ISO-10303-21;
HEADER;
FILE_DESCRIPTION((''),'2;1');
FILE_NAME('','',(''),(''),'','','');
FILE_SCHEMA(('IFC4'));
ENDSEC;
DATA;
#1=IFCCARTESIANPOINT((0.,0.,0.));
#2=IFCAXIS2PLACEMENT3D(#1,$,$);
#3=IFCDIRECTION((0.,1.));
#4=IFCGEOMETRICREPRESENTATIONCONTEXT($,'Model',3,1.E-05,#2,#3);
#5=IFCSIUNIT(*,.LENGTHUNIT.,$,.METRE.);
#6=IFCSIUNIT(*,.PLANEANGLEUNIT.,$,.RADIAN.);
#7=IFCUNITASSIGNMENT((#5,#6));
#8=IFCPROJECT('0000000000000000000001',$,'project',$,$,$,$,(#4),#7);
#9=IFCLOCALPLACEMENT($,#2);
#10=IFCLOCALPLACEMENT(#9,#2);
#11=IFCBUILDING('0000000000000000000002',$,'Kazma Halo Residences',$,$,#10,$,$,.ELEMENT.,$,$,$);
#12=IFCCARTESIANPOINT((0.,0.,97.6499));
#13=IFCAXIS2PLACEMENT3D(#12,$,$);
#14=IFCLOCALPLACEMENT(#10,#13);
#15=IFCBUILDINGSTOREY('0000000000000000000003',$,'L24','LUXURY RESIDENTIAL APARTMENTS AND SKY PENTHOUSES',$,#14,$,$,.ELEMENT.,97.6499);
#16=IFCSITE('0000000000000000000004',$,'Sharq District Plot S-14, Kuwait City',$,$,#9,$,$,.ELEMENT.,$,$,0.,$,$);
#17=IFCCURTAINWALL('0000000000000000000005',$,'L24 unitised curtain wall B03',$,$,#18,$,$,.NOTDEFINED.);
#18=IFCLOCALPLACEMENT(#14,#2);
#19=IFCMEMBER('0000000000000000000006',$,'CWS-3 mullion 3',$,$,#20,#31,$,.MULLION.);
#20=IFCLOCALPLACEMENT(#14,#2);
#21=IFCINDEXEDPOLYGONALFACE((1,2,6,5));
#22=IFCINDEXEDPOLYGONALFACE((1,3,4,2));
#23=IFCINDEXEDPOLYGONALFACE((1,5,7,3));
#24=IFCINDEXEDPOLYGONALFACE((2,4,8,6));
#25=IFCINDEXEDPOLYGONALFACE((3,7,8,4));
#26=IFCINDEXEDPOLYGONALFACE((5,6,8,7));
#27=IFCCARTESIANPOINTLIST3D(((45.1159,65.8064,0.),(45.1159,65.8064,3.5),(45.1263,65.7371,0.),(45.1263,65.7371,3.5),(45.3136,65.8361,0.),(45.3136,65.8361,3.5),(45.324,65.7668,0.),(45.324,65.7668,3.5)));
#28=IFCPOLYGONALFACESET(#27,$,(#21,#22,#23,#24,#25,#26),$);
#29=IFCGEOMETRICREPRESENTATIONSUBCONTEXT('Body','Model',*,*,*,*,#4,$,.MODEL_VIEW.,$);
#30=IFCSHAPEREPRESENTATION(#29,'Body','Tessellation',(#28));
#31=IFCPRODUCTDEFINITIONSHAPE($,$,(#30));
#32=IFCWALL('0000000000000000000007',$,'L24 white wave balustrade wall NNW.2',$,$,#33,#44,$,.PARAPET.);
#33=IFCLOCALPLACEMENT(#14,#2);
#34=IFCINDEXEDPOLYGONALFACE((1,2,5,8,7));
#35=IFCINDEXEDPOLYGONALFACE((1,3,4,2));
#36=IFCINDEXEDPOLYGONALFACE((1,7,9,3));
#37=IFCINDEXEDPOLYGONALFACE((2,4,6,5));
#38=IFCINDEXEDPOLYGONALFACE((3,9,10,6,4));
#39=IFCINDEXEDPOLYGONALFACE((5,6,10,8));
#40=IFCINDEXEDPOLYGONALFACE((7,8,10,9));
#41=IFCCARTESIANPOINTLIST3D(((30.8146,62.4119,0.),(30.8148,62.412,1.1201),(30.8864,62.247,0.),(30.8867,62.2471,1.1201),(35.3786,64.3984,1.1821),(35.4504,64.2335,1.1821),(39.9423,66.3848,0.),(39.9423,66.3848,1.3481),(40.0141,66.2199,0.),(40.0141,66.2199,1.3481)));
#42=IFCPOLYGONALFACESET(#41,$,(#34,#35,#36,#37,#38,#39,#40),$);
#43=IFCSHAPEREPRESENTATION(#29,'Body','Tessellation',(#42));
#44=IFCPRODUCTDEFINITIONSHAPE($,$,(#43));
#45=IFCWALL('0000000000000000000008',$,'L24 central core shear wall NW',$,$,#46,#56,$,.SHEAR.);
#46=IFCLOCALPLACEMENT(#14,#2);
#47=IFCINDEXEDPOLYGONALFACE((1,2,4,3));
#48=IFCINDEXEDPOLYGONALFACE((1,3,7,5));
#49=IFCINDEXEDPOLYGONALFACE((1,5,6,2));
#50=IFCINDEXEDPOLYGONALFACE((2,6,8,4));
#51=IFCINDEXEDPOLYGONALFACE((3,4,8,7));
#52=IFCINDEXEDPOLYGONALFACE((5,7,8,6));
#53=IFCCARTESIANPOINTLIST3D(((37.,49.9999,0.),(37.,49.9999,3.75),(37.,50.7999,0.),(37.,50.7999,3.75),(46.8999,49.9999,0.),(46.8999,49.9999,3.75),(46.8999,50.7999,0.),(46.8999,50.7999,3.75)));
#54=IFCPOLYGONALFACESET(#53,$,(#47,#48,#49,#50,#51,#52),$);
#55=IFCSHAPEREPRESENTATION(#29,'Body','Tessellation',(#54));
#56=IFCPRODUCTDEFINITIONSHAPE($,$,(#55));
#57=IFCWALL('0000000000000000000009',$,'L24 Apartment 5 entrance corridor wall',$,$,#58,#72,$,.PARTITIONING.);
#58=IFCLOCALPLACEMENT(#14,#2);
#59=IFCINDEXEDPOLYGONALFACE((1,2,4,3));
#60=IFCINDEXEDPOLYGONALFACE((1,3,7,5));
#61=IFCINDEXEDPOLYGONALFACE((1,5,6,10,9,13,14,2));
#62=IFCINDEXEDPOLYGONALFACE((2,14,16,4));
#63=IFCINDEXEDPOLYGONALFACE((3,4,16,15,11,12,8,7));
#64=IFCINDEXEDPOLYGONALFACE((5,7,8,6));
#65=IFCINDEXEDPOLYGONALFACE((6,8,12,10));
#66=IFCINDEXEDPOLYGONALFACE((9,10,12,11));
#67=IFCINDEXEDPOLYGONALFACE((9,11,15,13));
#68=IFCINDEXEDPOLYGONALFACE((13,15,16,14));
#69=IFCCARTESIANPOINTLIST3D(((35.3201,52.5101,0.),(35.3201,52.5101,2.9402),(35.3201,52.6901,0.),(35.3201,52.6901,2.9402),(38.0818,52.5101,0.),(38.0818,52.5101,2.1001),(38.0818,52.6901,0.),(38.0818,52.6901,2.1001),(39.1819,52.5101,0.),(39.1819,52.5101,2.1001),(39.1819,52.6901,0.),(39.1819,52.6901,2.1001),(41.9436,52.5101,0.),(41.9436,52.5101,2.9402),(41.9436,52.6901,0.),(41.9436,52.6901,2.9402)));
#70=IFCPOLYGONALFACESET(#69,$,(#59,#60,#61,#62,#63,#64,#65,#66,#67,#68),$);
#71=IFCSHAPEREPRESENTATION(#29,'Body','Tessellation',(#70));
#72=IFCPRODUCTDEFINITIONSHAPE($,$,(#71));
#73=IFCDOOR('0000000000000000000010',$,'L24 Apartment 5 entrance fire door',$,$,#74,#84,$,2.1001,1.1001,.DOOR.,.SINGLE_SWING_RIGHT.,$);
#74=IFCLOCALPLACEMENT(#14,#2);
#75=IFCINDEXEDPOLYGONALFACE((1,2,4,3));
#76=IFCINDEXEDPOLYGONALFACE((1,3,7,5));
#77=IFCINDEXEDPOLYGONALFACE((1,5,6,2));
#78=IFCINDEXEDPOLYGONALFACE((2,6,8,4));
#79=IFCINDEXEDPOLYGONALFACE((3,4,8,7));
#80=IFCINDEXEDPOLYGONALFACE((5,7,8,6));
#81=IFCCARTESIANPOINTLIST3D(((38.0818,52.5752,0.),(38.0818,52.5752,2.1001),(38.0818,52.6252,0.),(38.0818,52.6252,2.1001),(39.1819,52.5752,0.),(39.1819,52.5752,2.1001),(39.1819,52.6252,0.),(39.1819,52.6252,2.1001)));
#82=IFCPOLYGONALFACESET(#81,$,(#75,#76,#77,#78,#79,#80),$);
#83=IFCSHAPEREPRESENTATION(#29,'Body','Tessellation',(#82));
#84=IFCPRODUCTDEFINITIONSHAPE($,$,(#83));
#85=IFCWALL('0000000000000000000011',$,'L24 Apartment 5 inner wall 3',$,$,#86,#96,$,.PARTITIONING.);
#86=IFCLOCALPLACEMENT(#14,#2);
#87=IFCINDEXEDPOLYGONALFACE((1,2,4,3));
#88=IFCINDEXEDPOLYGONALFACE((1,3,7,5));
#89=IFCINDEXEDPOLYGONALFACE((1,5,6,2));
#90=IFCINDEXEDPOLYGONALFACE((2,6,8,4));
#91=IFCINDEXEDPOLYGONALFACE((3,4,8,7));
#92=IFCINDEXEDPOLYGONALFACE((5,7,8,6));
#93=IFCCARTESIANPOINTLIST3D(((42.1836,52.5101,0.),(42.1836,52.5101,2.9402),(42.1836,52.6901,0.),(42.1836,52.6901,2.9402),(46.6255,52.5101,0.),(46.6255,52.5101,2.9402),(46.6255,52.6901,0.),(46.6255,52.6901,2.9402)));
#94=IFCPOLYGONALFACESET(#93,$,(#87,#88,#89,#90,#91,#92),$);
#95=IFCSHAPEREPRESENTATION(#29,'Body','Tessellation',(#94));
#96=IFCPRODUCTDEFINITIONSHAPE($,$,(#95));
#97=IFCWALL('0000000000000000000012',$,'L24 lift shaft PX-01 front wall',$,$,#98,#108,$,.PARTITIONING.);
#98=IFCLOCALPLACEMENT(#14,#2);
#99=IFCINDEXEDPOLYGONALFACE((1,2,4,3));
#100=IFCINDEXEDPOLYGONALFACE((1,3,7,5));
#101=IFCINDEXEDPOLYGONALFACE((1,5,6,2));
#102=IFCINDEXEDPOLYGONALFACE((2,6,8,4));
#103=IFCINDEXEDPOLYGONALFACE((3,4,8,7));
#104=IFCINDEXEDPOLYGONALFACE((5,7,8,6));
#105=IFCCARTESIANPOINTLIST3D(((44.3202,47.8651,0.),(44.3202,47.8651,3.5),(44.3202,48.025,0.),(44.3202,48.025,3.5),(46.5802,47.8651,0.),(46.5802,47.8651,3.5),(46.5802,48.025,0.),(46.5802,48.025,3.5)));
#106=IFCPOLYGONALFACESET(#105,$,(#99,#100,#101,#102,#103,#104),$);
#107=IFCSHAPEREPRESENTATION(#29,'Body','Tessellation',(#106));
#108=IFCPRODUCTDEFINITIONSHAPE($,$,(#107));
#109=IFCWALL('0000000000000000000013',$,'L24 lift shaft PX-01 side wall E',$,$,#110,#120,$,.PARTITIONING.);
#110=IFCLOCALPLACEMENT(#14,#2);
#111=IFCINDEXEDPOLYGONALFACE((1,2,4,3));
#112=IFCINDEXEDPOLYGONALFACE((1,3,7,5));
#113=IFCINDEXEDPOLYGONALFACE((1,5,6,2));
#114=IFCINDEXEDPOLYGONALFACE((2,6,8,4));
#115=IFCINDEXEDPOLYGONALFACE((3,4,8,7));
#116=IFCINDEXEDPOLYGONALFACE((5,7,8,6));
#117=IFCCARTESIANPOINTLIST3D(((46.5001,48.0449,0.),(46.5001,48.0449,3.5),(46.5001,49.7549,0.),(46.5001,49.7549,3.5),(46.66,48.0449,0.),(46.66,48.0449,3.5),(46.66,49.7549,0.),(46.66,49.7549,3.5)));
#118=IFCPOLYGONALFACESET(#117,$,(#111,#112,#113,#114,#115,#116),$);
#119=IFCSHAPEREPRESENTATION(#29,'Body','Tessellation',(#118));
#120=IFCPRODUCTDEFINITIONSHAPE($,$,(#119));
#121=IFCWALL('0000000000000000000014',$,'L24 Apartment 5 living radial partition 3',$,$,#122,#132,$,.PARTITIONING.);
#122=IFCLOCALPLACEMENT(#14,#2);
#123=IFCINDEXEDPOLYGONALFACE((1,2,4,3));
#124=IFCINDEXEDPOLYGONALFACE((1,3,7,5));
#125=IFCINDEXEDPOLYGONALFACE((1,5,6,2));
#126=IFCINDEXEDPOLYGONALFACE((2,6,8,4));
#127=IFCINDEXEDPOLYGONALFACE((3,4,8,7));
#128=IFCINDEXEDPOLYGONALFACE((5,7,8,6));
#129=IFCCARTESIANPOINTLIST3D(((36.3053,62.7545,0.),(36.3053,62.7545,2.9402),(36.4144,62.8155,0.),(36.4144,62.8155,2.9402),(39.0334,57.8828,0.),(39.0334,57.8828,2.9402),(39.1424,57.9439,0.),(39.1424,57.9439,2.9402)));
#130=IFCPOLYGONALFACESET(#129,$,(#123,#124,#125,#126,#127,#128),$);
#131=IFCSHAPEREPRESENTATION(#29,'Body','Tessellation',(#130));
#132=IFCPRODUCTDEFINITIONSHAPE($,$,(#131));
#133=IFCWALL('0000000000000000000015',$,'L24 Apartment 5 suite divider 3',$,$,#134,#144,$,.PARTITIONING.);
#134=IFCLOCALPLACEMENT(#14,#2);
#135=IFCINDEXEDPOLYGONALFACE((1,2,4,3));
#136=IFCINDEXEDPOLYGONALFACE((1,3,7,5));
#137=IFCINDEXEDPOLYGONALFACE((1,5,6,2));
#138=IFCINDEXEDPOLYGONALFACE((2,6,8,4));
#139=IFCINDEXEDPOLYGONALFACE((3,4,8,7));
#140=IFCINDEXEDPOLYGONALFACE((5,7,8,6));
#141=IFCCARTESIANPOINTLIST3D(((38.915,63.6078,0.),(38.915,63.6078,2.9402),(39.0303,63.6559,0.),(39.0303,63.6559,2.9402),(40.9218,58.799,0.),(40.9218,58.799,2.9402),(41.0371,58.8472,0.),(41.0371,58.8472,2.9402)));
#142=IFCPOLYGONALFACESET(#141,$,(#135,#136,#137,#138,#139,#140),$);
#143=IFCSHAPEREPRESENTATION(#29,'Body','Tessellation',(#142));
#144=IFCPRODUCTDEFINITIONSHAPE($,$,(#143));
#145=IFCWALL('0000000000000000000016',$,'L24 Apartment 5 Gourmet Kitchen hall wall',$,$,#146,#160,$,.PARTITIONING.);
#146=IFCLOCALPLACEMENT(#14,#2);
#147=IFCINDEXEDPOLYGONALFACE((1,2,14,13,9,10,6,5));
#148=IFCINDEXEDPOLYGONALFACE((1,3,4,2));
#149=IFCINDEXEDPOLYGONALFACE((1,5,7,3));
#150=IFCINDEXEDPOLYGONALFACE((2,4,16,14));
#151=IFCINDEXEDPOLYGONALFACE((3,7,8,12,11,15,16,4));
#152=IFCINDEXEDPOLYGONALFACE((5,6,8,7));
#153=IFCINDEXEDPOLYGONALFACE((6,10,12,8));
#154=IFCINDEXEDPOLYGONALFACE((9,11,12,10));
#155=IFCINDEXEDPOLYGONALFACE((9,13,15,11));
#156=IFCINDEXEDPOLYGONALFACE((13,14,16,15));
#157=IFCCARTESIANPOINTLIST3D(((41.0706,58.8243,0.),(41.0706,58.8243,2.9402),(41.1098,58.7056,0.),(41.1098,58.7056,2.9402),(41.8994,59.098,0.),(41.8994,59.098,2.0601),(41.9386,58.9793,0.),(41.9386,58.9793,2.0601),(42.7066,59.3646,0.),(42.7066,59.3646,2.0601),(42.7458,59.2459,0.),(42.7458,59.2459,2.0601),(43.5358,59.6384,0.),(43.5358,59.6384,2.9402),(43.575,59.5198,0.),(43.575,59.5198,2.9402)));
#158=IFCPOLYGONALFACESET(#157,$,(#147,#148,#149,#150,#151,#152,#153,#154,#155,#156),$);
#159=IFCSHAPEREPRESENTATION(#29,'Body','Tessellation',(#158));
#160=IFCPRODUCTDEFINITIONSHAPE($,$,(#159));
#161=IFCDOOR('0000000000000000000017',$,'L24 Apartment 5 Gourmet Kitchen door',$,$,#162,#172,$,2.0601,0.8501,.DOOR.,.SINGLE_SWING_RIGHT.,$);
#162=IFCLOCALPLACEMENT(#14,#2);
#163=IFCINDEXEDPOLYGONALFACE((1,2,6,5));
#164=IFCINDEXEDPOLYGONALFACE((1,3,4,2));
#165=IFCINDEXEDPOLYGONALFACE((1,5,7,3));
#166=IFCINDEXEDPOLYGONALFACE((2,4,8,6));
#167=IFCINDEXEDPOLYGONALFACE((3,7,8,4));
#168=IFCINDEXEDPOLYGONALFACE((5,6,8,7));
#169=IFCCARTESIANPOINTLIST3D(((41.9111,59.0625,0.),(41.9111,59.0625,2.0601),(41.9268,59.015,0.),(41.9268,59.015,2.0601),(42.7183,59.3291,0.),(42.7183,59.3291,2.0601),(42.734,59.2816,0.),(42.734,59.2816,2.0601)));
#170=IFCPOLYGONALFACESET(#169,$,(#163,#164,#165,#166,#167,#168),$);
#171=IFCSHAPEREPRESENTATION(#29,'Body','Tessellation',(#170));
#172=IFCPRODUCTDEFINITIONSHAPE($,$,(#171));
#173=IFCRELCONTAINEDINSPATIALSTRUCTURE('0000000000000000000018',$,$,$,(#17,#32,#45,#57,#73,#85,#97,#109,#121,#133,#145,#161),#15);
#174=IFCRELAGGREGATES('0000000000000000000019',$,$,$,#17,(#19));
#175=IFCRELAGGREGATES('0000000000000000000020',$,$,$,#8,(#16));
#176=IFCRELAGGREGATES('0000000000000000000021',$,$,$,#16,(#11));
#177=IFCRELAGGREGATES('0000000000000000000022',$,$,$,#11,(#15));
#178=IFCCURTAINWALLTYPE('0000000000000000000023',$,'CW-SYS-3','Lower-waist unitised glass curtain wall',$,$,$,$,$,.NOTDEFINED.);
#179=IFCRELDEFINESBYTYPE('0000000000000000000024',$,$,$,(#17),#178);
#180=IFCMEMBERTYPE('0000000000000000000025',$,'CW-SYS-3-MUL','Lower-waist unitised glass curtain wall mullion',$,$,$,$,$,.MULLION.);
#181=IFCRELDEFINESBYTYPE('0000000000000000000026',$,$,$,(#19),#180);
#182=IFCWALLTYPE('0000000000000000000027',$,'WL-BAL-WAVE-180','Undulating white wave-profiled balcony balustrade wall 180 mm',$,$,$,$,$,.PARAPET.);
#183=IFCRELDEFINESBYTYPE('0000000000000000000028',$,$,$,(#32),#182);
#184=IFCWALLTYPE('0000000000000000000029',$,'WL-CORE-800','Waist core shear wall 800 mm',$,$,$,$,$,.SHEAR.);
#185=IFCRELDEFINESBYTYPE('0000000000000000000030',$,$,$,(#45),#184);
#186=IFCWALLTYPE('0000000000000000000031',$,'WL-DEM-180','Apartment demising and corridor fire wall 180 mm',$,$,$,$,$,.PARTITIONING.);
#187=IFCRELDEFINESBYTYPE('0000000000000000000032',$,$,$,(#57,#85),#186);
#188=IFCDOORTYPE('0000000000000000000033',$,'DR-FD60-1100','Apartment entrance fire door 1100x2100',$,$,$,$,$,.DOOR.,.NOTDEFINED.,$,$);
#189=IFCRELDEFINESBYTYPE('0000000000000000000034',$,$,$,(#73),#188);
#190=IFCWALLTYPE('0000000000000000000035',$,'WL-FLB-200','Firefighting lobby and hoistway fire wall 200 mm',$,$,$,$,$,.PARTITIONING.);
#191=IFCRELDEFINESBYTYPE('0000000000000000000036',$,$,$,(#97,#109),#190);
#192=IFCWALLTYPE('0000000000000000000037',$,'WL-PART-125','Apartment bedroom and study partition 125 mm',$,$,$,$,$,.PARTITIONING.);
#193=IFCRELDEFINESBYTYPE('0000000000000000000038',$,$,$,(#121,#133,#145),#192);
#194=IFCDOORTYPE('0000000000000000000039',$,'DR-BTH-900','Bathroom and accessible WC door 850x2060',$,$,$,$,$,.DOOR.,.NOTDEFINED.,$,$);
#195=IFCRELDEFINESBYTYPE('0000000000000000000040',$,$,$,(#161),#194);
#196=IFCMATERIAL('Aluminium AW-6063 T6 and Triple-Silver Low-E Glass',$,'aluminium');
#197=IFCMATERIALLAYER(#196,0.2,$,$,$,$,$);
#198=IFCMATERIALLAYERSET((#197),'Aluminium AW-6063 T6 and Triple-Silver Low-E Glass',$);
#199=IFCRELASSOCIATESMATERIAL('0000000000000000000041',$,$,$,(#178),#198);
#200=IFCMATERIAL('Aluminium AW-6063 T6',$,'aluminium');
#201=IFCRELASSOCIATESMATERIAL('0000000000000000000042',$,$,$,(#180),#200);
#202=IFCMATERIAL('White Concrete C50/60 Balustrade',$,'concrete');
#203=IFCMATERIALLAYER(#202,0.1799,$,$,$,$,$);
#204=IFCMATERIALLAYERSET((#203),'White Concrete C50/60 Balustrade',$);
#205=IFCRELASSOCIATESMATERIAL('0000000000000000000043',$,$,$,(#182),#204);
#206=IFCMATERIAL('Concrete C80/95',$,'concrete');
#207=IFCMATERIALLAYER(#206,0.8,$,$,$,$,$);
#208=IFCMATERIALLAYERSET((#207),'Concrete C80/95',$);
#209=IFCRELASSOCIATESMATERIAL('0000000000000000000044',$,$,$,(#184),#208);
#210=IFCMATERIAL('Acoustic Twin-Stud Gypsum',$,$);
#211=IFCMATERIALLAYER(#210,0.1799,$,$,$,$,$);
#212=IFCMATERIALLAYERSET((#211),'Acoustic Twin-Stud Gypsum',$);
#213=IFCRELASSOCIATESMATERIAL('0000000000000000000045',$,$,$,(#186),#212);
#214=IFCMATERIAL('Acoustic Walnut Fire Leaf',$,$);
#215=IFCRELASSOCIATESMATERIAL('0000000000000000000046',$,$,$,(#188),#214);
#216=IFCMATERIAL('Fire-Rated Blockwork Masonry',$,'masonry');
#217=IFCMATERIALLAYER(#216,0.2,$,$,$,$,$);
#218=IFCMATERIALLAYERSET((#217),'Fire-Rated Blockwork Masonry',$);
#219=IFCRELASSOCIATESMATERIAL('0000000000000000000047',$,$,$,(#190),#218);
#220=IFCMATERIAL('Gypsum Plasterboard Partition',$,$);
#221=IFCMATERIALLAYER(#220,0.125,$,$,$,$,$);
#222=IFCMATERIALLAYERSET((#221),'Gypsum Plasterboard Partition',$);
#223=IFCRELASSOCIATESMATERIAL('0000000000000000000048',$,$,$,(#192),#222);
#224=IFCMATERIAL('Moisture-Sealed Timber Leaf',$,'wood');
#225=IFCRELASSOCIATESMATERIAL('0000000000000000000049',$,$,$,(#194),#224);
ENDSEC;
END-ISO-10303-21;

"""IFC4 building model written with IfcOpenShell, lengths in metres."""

from ifc_helpers import new_model, si_unit, direction, frame, frame_2d, origin, origin_2d, place, context, subcontext, project, spatial, polyline, rectangle, outline, extrude, material, layer, layer_set, material_profile, profile_set, type_object, element, fill, aggregate, save


model = new_model("IFC4")

# Units and contexts
model_context = context("Model", 3, precision=1e-05, world=origin(), true_north=direction((0.0, 1.0)))
body_context = subcontext(model_context, "Body", "Model", "MODEL_VIEW")
ifc_project = project(units=[si_unit("LENGTHUNIT", "METRE"), si_unit("PLANEANGLEUNIT", "RADIAN")], contexts=[model_context])

# Site, building, storey
site_placement = place(None, origin())
site = spatial("IfcSite", under=ifc_project, at=site_placement, Name="Sharq District Plot S-14, Kuwait City", CompositionType="ELEMENT", RefElevation=0.0)
building_placement = place(site_placement, origin())
building = spatial("IfcBuilding", under=site, at=building_placement, Name="Kazma Halo Residences", CompositionType="ELEMENT")
storey_placement = place(building_placement, frame((0.0, 0.0, 97.6499)))
storey = spatial("IfcBuildingStorey", under=building, at=storey_placement, Name="L24", Description="LUXURY RESIDENTIAL APARTMENTS AND SKY PENTHOUSES", CompositionType="ELEMENT", Elevation=97.6499)

# Shared definitions
ifc_material_1 = material(Name="Concrete C80/95", Category="concrete")

# Curtain wall, member
ifc_material_2 = material(Name="Aluminium AW-6063 T6 and Triple-Silver Low-E Glass", Category="aluminium")
ifc_layer_1 = layer(ifc_material_2, 0.2)
ifc_layer_set_1 = layer_set([ifc_layer_1], Name="Aluminium AW-6063 T6 and Triple-Silver Low-E Glass")
curtain_wall_type = type_object("IfcCurtainWallType", Name="CW-SYS-3", Description="Lower-waist unitised glass curtain wall", PredefinedType="NOTDEFINED", material=ifc_layer_set_1)
curtain_wall_placement = place(storey_placement, origin())
curtain_wall = element("IfcCurtainWall", 1, at=curtain_wall_placement, inside=storey, type_object=curtain_wall_type, Name="L24 unitised curtain wall B03", PredefinedType="NOTDEFINED")
ifc_material_3 = material(Name="Aluminium AW-6063 T6", Category="aluminium")
ifc_material_profile_1 = material_profile(ifc_material_3, rectangle(XDim=0.0701, YDim=0.2, at=origin_2d()), Name="CWM-70x200")
ifc_profile_set_1 = profile_set([ifc_material_profile_1], Name="Aluminium AW-6063 T6")
member_type = type_object("IfcMemberType", Name="CW-SYS-3-MUL", Description="Lower-waist unitised glass curtain wall mullion", PredefinedType="MULLION", material=ifc_profile_set_1)
member_placement = place(storey_placement, frame((45.22, 65.7866, 0.0), z_axis=(0.0, 0.0, 1.0), x_axis=(0.148717, -0.98888, 0.0)))
member = element("IfcMember", 2, at=member_placement, type_object=member_type, Name="CWS-3 mullion 3", PredefinedType="MULLION", context=body_context, shape_type="SweptSolid", body=[
    extrude(rectangle(XDim=0.0701, YDim=0.2, at=origin_2d()), origin(), (0.0, 0.0, 1.0), 3.5),
])
aggregate(curtain_wall, [member])

# Walls
ifc_material_4 = material(Name="White Concrete C50/60 Balustrade", Category="concrete")
ifc_layer_2 = layer(ifc_material_4, 0.1799)
ifc_layer_set_2 = layer_set([ifc_layer_2], Name="White Concrete C50/60 Balustrade")
wall_type_1 = type_object("IfcWallType", Name="WL-BAL-WAVE-180", Description="Undulating white wave-profiled balcony balustrade wall 180 mm", PredefinedType="PARAPET", material=ifc_layer_set_2)
wall_1_placement = place(storey_placement, frame((39.9783, 66.3022, 0.0), z_axis=(0.0, 0.0, 1.0), x_axis=(-0.916911, -0.399093, 0.0)))
element("IfcWall", 3, at=wall_1_placement, inside=storey, type_object=wall_type_1, Name="L24 white wave balustrade wall NNW.2", PredefinedType="PARAPET", context=body_context, shape_type="SweptSolid", body=[
    extrude(outline(polyline([(0.0, 0.0), (9.9548, 0.0), (9.9546, 1.1201), (4.9773, 1.1821), (0.0, 1.3481), (0.0, 0.0)])), frame((0.0, 0.0898, 0.0), z_axis=(0.0, -1.0, 0.0), x_axis=(1.0, 0.0, 0.0)), (0.0, 0.0, 1.0), 0.1799),
])
ifc_layer_3 = layer(ifc_material_1, 0.8)
ifc_layer_set_3 = layer_set([ifc_layer_3], Name="Concrete C80/95")
wall_type_2 = type_object("IfcWallType", Name="WL-CORE-800", Description="Waist core shear wall 800 mm", PredefinedType="SHEAR", material=ifc_layer_set_3)
wall_2_placement = place(storey_placement, frame((37.0, 50.3999, 0.0), z_axis=(0.0, 0.0, 1.0), x_axis=(1.0, 0.0, 0.0)))
element("IfcWall", 4, at=wall_2_placement, inside=storey, type_object=wall_type_2, Name="L24 central core shear wall NW", PredefinedType="SHEAR", context=body_context, shape_type="SweptSolid", body=[
    extrude(rectangle(XDim=9.8999, YDim=0.8, at=frame_2d((4.95, 0.0))), origin(), (0.0, 0.0, 1.0), 3.75),
])

# Wall, opening, door
ifc_material_5 = material(Name="Acoustic Twin-Stud Gypsum")
ifc_layer_4 = layer(ifc_material_5, 0.1799)
ifc_layer_set_4 = layer_set([ifc_layer_4], Name="Acoustic Twin-Stud Gypsum")
wall_type_3 = type_object("IfcWallType", Name="WL-DEM-180", Description="Apartment demising and corridor fire wall 180 mm", PredefinedType="PARTITIONING", material=ifc_layer_set_4)
wall_3_placement = place(storey_placement, frame((41.9436, 52.6001, 0.0), z_axis=(0.0, 0.0, 1.0), x_axis=(-1.0, 0.0, 0.0)))
wall_3 = element("IfcWall", 5, at=wall_3_placement, inside=storey, type_object=wall_type_3, Name="L24 Apartment 5 entrance corridor wall", PredefinedType="PARTITIONING", context=body_context, shape_type="SweptSolid", body=[
    extrude(rectangle(XDim=6.6235, YDim=0.1799, at=frame_2d((3.3118, 0.0))), origin(), (0.0, 0.0, 1.0), 2.9402),
])
opening_1_placement = place(wall_3_placement, frame((2.7617, 0.0, 0.0)))
opening_1 = element("IfcOpeningElement", 6, at=opening_1_placement, cuts=wall_3, PredefinedType="OPENING", context=body_context, shape_type="SweptSolid", body=[
    extrude(rectangle(XDim=1.1001, YDim=2.1001, at=frame_2d((0.55, 1.05))), frame((0.0, 0.0999, 0.0), z_axis=(0.0, -1.0, 0.0), x_axis=(1.0, 0.0, 0.0)), (0.0, 0.0, 1.0), 0.2),
])
ifc_material_6 = material(Name="Acoustic Walnut Fire Leaf")
door_type_1 = type_object("IfcDoorType", Name="DR-FD60-1100", Description="Apartment entrance fire door 1100x2100", OperationType="NOTDEFINED", PredefinedType="DOOR", material=ifc_material_6)
door_1_placement = place(opening_1_placement, origin())
door_1 = element("IfcDoor", 7, at=door_1_placement, inside=storey, type_object=door_type_1, Name="L24 Apartment 5 entrance fire door", OperationType="SINGLE_SWING_RIGHT", OverallHeight=2.1001, OverallWidth=1.1001, PredefinedType="DOOR", context=body_context, shape_type="SweptSolid", body=[
    extrude(rectangle(XDim=1.1001, YDim=2.1001, at=frame_2d((0.55, 1.05))), frame((0.0, 0.0249, 0.0), z_axis=(0.0, -1.0, 0.0), x_axis=(1.0, 0.0, 0.0)), (0.0, 0.0, 1.0), 0.05),
])
fill(opening_1, door_1)

# Wall
wall_4_placement = place(storey_placement, frame((46.6255, 52.6001, 0.0), z_axis=(0.0, 0.0, 1.0), x_axis=(-1.0, 0.0, 0.0)))
element("IfcWall", 8, at=wall_4_placement, inside=storey, type_object=wall_type_3, Name="L24 Apartment 5 inner wall 3", PredefinedType="PARTITIONING", context=body_context, shape_type="SweptSolid", body=[
    extrude(rectangle(XDim=4.4419, YDim=0.1799, at=frame_2d((2.2209, 0.0))), origin(), (0.0, 0.0, 1.0), 2.9402),
])

# Walls
ifc_material_7 = material(Name="Fire-Rated Blockwork Masonry", Category="masonry")
ifc_layer_5 = layer(ifc_material_7, 0.2)
ifc_layer_set_5 = layer_set([ifc_layer_5], Name="Fire-Rated Blockwork Masonry")
wall_type_4 = type_object("IfcWallType", Name="WL-FLB-200", Description="Firefighting lobby and hoistway fire wall 200 mm", PredefinedType="PARTITIONING", material=ifc_layer_set_5)
wall_5_placement = place(storey_placement, frame((46.5801, 47.9451, 0.0), z_axis=(0.0, 0.0, 1.0), x_axis=(-1.0, 0.0, 0.0)))
element("IfcWall", 9, at=wall_5_placement, inside=storey, type_object=wall_type_4, Name="L24 lift shaft PX-01 front wall", PredefinedType="PARTITIONING", context=body_context, shape_type="SweptSolid", body=[
    extrude(rectangle(XDim=2.26, YDim=0.1599, at=frame_2d((1.1299, 0.0))), origin(), (0.0, 0.0, 1.0), 3.5),
])
wall_6_placement = place(storey_placement, frame((46.5801, 48.0449, 0.0), z_axis=(0.0, 0.0, 1.0), x_axis=(0.0, 1.0, 0.0)))
element("IfcWall", 10, at=wall_6_placement, inside=storey, type_object=wall_type_4, Name="L24 lift shaft PX-01 side wall E", PredefinedType="PARTITIONING", context=body_context, shape_type="SweptSolid", body=[
    extrude(rectangle(XDim=1.71, YDim=0.1599, at=frame_2d((0.855, 0.0))), origin(), (0.0, 0.0, 1.0), 3.5),
])
ifc_material_8 = material(Name="Gypsum Plasterboard Partition")
ifc_layer_6 = layer(ifc_material_8, 0.125)
ifc_layer_set_6 = layer_set([ifc_layer_6], Name="Gypsum Plasterboard Partition")
wall_type_5 = type_object("IfcWallType", Name="WL-PART-125", Description="Apartment bedroom and study partition 125 mm", PredefinedType="PARTITIONING", material=ifc_layer_set_6)
wall_7_placement = place(storey_placement, frame((39.0879, 57.9133, 0.0), z_axis=(0.0, 0.0, 1.0), x_axis=(-0.488595, 0.87251, 0.0)))
element("IfcWall", 11, at=wall_7_placement, inside=storey, type_object=wall_type_5, Name="L24 Apartment 5 living radial partition 3", PredefinedType="PARTITIONING", context=body_context, shape_type="SweptSolid", body=[
    extrude(rectangle(XDim=5.5835, YDim=0.125, at=frame_2d((2.7917, 0.0))), origin(), (0.0, 0.0, 1.0), 2.9402),
])
wall_8_placement = place(storey_placement, frame((40.9795, 58.823, 0.0), z_axis=(0.0, 0.0, 1.0), x_axis=(-0.385131, 0.922862, 0.0)))
element("IfcWall", 12, at=wall_8_placement, inside=storey, type_object=wall_type_5, Name="L24 Apartment 5 suite divider 3", PredefinedType="PARTITIONING", context=body_context, shape_type="SweptSolid", body=[
    extrude(rectangle(XDim=5.2107, YDim=0.125, at=frame_2d((2.6055, 0.0))), origin(), (0.0, 0.0, 1.0), 2.9402),
])

# Wall, opening, door
wall_9_placement = place(storey_placement, frame((43.5554, 59.5791, 0.0), z_axis=(0.0, 0.0, 1.0), x_axis=(-0.949554, -0.313603, 0.0)))
wall_9 = element("IfcWall", 13, at=wall_9_placement, inside=storey, type_object=wall_type_5, Name="L24 Apartment 5 Gourmet Kitchen hall wall", PredefinedType="PARTITIONING", context=body_context, shape_type="SweptSolid", body=[
    extrude(rectangle(XDim=2.5962, YDim=0.125, at=frame_2d((1.2981, 0.0))), origin(), (0.0, 0.0, 1.0), 2.9402),
])
opening_2_placement = place(wall_9_placement, frame((0.8733, 0.0, 0.0)))
opening_2 = element("IfcOpeningElement", 14, at=opening_2_placement, cuts=wall_9, PredefinedType="OPENING", context=body_context, shape_type="SweptSolid", body=[
    extrude(rectangle(XDim=0.8501, YDim=2.0601, at=frame_2d((0.425, 1.03))), frame((0.0, 0.0725, 0.0), z_axis=(0.0, -1.0, 0.0), x_axis=(1.0, 0.0, 0.0)), (0.0, 0.0, 1.0), 0.145),
])
ifc_material_9 = material(Name="Moisture-Sealed Timber Leaf", Category="wood")
door_type_2 = type_object("IfcDoorType", Name="DR-BTH-900", Description="Bathroom and accessible WC door 850x2060", OperationType="NOTDEFINED", PredefinedType="DOOR", material=ifc_material_9)
door_2_placement = place(opening_2_placement, origin())
door_2 = element("IfcDoor", 15, at=door_2_placement, inside=storey, type_object=door_type_2, Name="L24 Apartment 5 Gourmet Kitchen door", OperationType="SINGLE_SWING_RIGHT", OverallHeight=2.0601, OverallWidth=0.8501, PredefinedType="DOOR", context=body_context, shape_type="SweptSolid", body=[
    extrude(rectangle(XDim=0.8501, YDim=2.0601, at=frame_2d((0.425, 1.03))), frame((0.0, 0.0249, 0.0), z_axis=(0.0, -1.0, 0.0), x_axis=(1.0, 0.0, 0.0)), (0.0, 0.0, 1.0), 0.05),
])
fill(opening_2, door_2)

save(model, "model.ifc")
